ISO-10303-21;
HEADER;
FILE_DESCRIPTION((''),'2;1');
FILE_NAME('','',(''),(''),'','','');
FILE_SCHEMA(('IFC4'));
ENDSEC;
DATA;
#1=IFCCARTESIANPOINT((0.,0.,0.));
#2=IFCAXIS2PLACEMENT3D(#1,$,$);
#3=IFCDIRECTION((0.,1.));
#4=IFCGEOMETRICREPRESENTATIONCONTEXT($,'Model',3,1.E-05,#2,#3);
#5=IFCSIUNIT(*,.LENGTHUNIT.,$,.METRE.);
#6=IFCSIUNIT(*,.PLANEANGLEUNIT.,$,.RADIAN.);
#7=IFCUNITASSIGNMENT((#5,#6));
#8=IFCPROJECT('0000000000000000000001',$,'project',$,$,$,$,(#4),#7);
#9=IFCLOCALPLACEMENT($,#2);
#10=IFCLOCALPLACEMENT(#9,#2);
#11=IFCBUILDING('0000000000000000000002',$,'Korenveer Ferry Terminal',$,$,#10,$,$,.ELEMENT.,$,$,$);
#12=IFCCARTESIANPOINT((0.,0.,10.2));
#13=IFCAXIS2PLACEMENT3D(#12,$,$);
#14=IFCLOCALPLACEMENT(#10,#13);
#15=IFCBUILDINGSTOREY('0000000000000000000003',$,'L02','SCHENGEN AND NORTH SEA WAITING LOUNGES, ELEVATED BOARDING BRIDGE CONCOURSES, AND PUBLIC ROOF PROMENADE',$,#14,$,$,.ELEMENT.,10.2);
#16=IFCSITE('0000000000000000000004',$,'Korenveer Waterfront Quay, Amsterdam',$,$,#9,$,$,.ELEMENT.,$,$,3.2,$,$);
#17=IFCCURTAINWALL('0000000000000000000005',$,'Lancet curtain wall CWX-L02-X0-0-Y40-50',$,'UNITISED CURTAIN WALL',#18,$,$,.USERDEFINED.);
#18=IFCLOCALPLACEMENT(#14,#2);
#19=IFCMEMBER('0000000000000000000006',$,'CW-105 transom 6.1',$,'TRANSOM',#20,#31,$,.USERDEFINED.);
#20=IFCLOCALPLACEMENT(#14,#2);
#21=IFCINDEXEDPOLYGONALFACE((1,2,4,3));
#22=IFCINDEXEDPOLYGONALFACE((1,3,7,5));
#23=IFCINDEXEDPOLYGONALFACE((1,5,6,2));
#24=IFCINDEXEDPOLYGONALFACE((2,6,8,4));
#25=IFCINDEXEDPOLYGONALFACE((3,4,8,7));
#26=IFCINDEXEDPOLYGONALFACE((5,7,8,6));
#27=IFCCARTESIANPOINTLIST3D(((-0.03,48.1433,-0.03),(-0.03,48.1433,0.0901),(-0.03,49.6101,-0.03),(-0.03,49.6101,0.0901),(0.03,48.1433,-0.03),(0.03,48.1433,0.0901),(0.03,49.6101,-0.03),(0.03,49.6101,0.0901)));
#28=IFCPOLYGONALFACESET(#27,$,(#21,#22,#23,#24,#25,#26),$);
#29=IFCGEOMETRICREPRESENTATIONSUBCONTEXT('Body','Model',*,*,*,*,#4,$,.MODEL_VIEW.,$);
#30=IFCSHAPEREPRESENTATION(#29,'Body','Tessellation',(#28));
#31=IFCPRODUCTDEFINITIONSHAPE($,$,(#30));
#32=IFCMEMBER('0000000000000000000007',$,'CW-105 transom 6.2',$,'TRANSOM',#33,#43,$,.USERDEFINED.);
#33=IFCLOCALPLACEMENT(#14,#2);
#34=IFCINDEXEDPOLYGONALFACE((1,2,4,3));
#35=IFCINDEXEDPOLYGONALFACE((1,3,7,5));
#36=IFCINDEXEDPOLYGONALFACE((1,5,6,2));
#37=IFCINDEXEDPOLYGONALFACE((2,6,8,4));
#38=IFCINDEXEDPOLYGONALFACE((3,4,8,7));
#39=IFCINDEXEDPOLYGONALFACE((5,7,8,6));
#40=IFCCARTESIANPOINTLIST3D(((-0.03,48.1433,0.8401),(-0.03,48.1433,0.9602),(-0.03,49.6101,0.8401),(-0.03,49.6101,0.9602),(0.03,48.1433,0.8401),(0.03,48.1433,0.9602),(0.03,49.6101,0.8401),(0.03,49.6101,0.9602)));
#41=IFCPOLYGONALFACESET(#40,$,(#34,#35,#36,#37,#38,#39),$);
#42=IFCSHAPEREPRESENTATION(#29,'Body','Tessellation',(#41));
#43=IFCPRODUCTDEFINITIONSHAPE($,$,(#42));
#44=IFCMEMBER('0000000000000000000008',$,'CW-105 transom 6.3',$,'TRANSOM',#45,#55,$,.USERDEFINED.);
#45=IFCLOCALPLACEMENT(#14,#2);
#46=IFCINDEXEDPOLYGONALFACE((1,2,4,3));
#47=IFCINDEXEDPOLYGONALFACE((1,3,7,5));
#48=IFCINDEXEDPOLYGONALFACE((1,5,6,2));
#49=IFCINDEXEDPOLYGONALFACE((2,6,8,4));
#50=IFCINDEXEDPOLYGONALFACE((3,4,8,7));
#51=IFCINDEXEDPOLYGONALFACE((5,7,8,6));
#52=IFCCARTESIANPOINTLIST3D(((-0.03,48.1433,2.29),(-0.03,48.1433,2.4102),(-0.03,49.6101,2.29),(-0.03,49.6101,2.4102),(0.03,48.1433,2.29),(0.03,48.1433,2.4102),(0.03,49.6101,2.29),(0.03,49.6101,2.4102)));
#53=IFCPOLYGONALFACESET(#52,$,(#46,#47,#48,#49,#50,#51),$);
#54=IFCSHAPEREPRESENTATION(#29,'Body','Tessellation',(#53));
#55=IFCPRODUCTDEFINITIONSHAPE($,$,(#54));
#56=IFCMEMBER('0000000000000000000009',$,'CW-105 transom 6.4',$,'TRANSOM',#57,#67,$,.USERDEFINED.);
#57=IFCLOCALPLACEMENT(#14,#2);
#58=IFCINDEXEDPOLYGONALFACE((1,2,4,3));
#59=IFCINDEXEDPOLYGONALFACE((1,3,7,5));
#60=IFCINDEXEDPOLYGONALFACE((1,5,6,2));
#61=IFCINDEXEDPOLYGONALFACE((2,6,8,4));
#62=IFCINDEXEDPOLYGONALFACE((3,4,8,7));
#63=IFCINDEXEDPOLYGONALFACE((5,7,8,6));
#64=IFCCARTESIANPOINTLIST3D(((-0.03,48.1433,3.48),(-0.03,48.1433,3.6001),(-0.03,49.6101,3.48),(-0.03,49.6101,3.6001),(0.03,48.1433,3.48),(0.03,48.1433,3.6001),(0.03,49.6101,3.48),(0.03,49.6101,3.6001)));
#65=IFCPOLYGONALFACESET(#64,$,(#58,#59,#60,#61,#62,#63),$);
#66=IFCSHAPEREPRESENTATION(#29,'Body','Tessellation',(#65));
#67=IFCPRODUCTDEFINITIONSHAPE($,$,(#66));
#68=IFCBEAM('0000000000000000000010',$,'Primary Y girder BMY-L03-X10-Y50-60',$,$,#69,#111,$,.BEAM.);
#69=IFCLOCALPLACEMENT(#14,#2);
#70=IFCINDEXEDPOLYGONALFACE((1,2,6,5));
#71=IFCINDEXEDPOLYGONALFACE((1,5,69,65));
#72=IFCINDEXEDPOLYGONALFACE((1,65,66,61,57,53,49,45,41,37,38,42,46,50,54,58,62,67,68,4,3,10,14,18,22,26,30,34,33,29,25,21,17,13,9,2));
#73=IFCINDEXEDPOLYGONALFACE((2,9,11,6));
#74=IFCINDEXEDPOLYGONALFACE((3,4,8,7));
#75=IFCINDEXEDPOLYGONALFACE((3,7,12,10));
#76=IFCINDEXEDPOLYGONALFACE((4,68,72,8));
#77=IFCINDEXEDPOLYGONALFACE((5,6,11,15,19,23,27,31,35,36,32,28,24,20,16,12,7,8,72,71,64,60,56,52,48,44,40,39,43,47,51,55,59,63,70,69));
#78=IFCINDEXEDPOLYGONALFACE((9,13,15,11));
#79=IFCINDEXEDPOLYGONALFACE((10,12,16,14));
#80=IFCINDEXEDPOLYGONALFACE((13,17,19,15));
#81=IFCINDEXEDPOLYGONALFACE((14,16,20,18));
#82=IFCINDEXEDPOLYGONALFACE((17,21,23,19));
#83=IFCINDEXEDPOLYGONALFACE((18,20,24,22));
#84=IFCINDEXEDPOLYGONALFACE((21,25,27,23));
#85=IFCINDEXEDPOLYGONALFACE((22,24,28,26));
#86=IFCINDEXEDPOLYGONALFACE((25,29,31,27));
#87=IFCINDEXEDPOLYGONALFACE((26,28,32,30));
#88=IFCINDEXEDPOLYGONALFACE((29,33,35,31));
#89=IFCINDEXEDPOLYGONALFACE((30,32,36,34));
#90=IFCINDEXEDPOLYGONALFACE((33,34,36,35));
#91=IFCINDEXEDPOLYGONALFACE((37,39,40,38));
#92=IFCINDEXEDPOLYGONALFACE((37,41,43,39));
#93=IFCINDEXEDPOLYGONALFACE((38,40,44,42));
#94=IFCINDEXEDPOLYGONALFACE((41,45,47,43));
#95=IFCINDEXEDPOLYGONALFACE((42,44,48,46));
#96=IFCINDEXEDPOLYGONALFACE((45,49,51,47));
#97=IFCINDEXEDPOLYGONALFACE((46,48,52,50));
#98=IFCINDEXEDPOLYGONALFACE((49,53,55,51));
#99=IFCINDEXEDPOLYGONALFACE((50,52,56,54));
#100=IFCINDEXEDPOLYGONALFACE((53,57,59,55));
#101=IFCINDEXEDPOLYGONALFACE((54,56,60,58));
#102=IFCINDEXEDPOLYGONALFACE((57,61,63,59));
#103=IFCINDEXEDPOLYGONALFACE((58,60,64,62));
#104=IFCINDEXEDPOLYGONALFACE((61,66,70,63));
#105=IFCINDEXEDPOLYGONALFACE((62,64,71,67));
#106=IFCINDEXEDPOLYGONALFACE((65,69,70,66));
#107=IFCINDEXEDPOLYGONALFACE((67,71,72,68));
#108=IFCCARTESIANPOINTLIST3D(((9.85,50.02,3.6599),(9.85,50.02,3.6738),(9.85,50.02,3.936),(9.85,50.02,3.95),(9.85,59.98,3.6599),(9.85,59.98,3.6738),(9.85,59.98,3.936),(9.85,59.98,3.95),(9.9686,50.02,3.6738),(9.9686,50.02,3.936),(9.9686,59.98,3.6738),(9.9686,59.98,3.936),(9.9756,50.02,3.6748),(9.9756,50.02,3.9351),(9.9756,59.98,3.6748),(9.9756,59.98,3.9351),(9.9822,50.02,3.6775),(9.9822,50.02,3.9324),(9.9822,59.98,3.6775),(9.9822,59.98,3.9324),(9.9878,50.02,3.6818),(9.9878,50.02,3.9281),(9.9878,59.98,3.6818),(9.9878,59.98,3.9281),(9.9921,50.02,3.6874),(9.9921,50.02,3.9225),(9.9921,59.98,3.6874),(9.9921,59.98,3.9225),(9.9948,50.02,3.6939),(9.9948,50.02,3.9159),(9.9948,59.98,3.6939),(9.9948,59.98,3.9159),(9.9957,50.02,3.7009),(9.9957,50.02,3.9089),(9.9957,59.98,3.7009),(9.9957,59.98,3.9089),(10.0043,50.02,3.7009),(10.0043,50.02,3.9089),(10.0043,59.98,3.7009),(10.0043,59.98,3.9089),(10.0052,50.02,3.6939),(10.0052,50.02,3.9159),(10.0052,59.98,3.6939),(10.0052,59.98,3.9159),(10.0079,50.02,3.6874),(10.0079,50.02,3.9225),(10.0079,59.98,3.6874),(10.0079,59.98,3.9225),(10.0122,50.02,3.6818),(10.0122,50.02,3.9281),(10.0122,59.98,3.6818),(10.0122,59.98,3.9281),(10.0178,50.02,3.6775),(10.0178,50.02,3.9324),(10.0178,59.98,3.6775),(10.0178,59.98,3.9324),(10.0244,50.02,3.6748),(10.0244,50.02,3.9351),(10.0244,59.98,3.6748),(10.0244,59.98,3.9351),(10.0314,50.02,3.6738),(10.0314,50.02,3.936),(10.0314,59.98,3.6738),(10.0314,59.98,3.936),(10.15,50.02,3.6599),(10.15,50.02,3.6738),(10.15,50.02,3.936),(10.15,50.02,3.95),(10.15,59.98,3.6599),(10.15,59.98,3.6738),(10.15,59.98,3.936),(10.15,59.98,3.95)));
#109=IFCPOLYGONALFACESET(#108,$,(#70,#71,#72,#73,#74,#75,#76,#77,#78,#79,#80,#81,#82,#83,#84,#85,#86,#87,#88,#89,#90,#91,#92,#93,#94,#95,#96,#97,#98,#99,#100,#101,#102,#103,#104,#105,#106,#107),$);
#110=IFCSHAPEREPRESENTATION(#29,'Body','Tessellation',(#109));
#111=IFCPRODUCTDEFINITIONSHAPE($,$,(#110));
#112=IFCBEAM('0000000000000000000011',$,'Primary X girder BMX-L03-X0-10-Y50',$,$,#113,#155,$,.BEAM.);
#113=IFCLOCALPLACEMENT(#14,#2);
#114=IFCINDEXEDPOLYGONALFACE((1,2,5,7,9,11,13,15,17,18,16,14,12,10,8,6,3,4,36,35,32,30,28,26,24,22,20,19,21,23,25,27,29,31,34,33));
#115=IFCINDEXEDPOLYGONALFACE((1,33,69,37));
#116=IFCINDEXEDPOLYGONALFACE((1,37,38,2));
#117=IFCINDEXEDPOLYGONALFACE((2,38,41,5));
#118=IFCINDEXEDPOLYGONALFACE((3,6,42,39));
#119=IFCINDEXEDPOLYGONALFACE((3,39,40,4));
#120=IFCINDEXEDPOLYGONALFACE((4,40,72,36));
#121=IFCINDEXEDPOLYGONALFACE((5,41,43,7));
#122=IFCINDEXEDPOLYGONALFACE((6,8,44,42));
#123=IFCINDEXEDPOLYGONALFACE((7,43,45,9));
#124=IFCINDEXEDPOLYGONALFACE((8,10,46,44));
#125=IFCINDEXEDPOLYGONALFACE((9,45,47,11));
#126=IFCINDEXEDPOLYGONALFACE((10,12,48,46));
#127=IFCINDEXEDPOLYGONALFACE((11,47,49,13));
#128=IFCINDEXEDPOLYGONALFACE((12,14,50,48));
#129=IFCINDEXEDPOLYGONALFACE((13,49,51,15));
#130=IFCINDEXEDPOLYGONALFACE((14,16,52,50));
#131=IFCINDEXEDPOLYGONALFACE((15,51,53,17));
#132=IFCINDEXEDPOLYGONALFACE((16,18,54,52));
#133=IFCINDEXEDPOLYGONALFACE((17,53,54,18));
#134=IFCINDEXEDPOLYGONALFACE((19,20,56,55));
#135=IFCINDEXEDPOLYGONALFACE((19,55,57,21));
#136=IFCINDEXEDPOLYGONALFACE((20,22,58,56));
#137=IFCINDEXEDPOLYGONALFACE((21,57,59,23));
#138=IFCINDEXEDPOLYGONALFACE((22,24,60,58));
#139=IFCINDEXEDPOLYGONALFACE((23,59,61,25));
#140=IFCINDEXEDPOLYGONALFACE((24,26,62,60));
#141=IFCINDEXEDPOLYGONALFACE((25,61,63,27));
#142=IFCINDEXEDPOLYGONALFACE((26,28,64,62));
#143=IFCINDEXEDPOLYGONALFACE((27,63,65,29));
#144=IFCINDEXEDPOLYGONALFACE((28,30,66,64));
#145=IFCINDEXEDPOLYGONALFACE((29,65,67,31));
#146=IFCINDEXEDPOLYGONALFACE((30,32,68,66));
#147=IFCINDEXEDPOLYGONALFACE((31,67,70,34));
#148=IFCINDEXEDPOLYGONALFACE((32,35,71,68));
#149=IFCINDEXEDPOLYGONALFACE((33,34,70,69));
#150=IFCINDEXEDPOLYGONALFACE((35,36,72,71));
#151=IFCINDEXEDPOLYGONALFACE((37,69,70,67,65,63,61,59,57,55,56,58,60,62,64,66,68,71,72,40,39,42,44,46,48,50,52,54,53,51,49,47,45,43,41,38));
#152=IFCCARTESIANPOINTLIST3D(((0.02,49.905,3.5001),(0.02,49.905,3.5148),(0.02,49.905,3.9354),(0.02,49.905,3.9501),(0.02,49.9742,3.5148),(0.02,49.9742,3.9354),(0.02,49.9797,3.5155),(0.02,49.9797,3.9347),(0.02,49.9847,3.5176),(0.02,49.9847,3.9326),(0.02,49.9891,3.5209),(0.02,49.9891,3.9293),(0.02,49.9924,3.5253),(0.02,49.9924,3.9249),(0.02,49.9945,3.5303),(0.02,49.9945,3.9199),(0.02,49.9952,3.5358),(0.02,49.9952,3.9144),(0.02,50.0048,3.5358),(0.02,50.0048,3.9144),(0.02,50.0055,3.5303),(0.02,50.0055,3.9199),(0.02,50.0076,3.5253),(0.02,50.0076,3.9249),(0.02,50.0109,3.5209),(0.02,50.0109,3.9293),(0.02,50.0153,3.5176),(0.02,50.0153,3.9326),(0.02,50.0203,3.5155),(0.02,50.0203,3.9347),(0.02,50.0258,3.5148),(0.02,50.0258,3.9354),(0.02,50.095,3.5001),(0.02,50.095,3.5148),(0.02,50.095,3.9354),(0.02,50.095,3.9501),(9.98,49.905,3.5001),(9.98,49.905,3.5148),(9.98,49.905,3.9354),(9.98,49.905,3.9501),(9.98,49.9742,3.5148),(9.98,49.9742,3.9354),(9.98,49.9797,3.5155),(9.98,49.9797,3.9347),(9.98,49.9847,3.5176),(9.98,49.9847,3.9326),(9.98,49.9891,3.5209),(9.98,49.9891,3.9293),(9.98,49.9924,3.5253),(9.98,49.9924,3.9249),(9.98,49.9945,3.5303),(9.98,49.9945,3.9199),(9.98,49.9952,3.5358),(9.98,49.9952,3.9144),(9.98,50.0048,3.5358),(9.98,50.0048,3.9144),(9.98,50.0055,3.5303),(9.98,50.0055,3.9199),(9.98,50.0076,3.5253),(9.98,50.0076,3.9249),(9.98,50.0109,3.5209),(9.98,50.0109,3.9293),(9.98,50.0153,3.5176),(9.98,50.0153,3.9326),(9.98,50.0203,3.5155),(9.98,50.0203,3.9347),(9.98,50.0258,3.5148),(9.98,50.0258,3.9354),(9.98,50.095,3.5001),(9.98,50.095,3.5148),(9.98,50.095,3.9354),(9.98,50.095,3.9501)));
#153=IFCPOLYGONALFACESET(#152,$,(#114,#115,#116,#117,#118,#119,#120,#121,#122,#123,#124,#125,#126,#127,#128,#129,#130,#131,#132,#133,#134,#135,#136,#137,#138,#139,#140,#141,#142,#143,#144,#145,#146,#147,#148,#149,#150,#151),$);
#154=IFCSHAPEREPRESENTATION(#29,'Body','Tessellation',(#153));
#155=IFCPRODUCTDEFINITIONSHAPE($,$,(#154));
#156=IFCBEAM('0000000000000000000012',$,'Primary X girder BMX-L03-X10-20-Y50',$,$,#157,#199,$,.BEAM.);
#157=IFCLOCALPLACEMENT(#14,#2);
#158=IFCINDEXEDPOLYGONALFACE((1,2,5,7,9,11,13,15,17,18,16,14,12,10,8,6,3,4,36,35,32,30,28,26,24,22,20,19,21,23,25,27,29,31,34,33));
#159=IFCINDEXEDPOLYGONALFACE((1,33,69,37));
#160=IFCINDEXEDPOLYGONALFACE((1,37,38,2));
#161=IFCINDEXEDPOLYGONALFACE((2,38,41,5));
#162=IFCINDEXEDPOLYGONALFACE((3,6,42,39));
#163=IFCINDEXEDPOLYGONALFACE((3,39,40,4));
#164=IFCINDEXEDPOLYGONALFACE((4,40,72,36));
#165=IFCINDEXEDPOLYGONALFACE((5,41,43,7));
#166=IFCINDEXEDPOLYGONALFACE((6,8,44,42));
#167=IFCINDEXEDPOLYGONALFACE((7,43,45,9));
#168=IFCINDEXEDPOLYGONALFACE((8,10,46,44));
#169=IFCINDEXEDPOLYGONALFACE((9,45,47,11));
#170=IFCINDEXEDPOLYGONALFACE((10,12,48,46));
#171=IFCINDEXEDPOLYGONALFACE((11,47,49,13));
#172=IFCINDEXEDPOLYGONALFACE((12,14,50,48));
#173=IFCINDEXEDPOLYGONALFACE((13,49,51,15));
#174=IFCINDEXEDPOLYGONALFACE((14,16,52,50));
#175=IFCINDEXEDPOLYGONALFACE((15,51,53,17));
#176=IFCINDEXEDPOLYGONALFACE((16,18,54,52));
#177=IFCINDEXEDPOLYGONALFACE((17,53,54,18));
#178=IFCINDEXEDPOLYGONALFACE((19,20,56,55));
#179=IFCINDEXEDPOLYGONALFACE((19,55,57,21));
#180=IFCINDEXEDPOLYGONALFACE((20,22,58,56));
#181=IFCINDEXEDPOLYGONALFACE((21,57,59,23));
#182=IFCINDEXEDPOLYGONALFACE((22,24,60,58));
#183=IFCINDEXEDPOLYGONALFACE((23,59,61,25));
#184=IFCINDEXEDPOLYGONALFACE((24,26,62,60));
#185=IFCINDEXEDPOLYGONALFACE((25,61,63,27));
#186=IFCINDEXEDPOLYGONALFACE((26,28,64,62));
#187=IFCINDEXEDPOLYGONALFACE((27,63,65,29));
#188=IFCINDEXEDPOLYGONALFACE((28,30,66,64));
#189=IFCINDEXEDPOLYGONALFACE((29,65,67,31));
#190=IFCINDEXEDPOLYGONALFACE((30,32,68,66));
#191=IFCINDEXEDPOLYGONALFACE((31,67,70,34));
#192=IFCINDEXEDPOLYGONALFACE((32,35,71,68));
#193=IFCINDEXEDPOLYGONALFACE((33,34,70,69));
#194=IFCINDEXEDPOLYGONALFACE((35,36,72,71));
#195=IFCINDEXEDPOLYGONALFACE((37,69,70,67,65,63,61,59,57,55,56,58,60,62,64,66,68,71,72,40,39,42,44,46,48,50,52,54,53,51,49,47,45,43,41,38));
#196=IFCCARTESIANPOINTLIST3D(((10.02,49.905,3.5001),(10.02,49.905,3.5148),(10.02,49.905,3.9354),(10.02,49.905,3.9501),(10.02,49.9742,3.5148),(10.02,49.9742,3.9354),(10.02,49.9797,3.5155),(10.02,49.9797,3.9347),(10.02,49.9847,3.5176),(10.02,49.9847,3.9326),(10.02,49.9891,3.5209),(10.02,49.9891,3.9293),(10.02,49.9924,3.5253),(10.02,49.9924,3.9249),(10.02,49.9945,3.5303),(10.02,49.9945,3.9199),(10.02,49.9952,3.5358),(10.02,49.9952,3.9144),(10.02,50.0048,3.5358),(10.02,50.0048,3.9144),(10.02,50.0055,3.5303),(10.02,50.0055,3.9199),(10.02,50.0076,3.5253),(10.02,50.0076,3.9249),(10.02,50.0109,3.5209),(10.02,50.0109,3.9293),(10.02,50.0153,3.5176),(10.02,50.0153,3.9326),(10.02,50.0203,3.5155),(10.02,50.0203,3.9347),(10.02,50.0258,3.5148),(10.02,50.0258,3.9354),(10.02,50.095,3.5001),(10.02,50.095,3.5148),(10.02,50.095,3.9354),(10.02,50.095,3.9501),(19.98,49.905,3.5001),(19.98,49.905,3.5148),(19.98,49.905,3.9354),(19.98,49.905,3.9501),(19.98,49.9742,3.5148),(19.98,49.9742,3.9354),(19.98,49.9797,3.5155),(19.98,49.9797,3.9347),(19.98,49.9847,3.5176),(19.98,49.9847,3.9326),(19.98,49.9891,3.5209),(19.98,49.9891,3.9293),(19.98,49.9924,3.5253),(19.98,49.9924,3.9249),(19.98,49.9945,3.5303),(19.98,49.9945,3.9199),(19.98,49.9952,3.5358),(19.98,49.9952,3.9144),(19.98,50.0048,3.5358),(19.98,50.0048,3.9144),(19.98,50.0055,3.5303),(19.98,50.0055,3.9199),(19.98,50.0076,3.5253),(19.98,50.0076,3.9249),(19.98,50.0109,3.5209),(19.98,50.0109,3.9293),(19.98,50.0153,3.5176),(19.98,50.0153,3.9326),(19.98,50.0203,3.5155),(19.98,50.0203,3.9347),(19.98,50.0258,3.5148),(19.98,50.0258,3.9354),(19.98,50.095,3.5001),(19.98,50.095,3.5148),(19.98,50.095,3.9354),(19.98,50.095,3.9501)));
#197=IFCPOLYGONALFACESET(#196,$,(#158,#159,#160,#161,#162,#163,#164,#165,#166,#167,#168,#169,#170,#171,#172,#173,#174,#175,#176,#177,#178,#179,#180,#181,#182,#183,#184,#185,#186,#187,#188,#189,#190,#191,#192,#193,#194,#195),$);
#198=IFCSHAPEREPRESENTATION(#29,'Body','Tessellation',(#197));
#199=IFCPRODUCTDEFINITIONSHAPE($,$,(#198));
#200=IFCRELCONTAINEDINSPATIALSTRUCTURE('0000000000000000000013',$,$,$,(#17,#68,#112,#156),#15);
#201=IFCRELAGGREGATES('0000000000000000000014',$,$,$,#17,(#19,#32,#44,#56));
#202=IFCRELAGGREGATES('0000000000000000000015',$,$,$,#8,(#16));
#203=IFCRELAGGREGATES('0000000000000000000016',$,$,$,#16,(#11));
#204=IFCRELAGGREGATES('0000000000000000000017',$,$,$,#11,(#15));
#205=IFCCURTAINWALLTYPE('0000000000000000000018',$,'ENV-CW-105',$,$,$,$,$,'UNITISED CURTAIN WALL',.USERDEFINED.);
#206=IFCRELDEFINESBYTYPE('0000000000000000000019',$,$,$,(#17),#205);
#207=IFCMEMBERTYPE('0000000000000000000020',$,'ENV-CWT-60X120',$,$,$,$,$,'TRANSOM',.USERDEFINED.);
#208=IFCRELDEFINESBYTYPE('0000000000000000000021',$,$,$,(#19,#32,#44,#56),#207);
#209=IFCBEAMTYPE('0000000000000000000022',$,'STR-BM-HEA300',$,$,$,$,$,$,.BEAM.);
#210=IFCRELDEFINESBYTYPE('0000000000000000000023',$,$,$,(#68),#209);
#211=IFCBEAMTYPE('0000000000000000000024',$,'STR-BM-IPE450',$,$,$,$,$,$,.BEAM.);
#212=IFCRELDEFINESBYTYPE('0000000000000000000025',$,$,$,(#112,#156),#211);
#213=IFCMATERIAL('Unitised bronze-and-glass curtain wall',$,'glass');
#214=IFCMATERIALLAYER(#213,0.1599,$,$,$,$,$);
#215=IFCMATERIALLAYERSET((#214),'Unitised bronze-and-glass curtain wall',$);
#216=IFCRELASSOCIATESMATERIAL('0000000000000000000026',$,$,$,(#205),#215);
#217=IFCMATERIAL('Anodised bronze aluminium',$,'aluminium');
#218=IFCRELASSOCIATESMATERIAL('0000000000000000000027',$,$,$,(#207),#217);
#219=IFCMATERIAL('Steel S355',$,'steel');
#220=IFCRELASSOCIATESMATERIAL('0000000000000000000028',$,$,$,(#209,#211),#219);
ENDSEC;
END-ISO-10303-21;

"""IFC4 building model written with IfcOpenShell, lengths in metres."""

from ifc_helpers import new_model, si_unit, direction, frame, origin, origin_2d, place, context, subcontext, project, spatial, rectangle, i_section, extrude, material, layer, layer_set, material_profile, profile_set, type_object, element, aggregate, save


model = new_model("IFC4")

# Units and contexts
model_context = context("Model", 3, precision=1e-05, world=origin(), true_north=direction((0.0, 1.0)))
body_context = subcontext(model_context, "Body", "Model", "MODEL_VIEW")
ifc_project = project(units=[si_unit("LENGTHUNIT", "METRE"), si_unit("PLANEANGLEUNIT", "RADIAN")], contexts=[model_context])

# Site, building, storey
site_placement = place(None, origin())
site = spatial("IfcSite", under=ifc_project, at=site_placement, Name="Korenveer Waterfront Quay, Amsterdam", CompositionType="ELEMENT", RefElevation=3.2)
building_placement = place(site_placement, origin())
building = spatial("IfcBuilding", under=site, at=building_placement, Name="Korenveer Ferry Terminal", CompositionType="ELEMENT")
storey_placement = place(building_placement, frame((0.0, 0.0, 10.2)))
storey = spatial("IfcBuildingStorey", under=building, at=storey_placement, Name="L02", Description="SCHENGEN AND NORTH SEA WAITING LOUNGES, ELEVATED BOARDING BRIDGE CONCOURSES, AND PUBLIC ROOF PROMENADE", CompositionType="ELEMENT", Elevation=10.2)

# Shared definitions
ifc_material_1 = material(Name="Steel S355", Category="steel")

# Curtain wall, members
ifc_material_2 = material(Name="Unitised bronze-and-glass curtain wall", Category="glass")
ifc_layer_1 = layer(ifc_material_2, 0.1599)
ifc_layer_set_1 = layer_set([ifc_layer_1], Name="Unitised bronze-and-glass curtain wall")
curtain_wall_type = type_object("IfcCurtainWallType", Name="ENV-CW-105", ElementType="UNITISED CURTAIN WALL", PredefinedType="USERDEFINED", material=ifc_layer_set_1)
curtain_wall_placement = place(storey_placement, frame((0.0, 40.3301, 0.0)))
curtain_wall = element("IfcCurtainWall", 1, at=curtain_wall_placement, inside=storey, type_object=curtain_wall_type, Name="Lancet curtain wall CWX-L02-X0-0-Y40-50", ObjectType="UNITISED CURTAIN WALL", PredefinedType="USERDEFINED")
ifc_material_3 = material(Name="Anodised bronze aluminium", Category="aluminium")
ifc_material_profile_1 = material_profile(ifc_material_3, rectangle(XDim=0.0601, YDim=0.1201, at=origin_2d()), Name="ALU 60x120")
ifc_profile_set_1 = profile_set([ifc_material_profile_1], Name="Anodised bronze aluminium")
member_type_1 = type_object("IfcMemberType", Name="ENV-CWT-60X120", ElementType="TRANSOM", PredefinedType="USERDEFINED", material=ifc_profile_set_1)
member_1_placement = place(storey_placement, frame((0.0, 48.1433, 0.03), z_axis=(0.0, 1.0, 0.0), x_axis=(-1.0, 0.0, 0.0)))
member_1 = element("IfcMember", 2, at=member_1_placement, type_object=member_type_1, Name="CW-105 transom 6.1", ObjectType="TRANSOM", PredefinedType="USERDEFINED", context=body_context, shape_type="SweptSolid", body=[
    extrude(rectangle(XDim=0.0601, YDim=0.1201, at=origin_2d()), origin(), (0.0, 0.0, 1.0), 1.4668),
])
member_2_placement = place(storey_placement, frame((0.0, 48.1433, 0.9001), z_axis=(0.0, 1.0, 0.0), x_axis=(-1.0, 0.0, 0.0)))
member_2 = element("IfcMember", 3, at=member_2_placement, type_object=member_type_1, Name="CW-105 transom 6.2", ObjectType="TRANSOM", PredefinedType="USERDEFINED", context=body_context, shape_type="SweptSolid", body=[
    extrude(rectangle(XDim=0.0601, YDim=0.1201, at=origin_2d()), origin(), (0.0, 0.0, 1.0), 1.4668),
])
member_3_placement = place(storey_placement, frame((0.0, 48.1433, 2.3501), z_axis=(0.0, 1.0, 0.0), x_axis=(-1.0, 0.0, 0.0)))
member_3 = element("IfcMember", 4, at=member_3_placement, type_object=member_type_1, Name="CW-105 transom 6.3", ObjectType="TRANSOM", PredefinedType="USERDEFINED", context=body_context, shape_type="SweptSolid", body=[
    extrude(rectangle(XDim=0.0601, YDim=0.1201, at=origin_2d()), origin(), (0.0, 0.0, 1.0), 1.4668),
])
member_4_placement = place(storey_placement, frame((0.0, 48.1433, 3.54), z_axis=(0.0, 1.0, 0.0), x_axis=(-1.0, 0.0, 0.0)))
member_4 = element("IfcMember", 5, at=member_4_placement, type_object=member_type_1, Name="CW-105 transom 6.4", ObjectType="TRANSOM", PredefinedType="USERDEFINED", context=body_context, shape_type="SweptSolid", body=[
    extrude(rectangle(XDim=0.0601, YDim=0.1201, at=origin_2d()), origin(), (0.0, 0.0, 1.0), 1.4668),
])

# Beams
ifc_material_profile_2 = material_profile(ifc_material_1, i_section(OverallWidth=0.3, OverallDepth=0.29, WebThickness=0.0085, FlangeThickness=0.0139, FilletRadius=0.0271, at=origin_2d()), Name="HEA 300")
ifc_profile_set_2 = profile_set([ifc_material_profile_2], Name="Steel S355")
beam_type_1 = type_object("IfcBeamType", Name="STR-BM-HEA300", PredefinedType="BEAM", material=ifc_profile_set_2)
beam_1_placement = place(storey_placement, frame((10.0, 50.02, 3.8049), z_axis=(0.0, 1.0, 0.0), x_axis=(-1.0, 0.0, 0.0)))
element("IfcBeam", 6, at=beam_1_placement, inside=storey, type_object=beam_type_1, Name="Primary Y girder BMY-L03-X10-Y50-60", PredefinedType="BEAM", context=body_context, shape_type="SweptSolid", body=[
    extrude(i_section(OverallWidth=0.3, OverallDepth=0.29, WebThickness=0.0085, FlangeThickness=0.0139, FilletRadius=0.0271, at=origin_2d()), origin(), (0.0, 0.0, 1.0), 9.96),
])
ifc_material_profile_3 = material_profile(ifc_material_1, i_section(OverallWidth=0.1899, OverallDepth=0.45, WebThickness=0.0095, FlangeThickness=0.0146, FilletRadius=0.021, at=origin_2d()), Name="IPE 450")
ifc_profile_set_3 = profile_set([ifc_material_profile_3], Name="Steel S355")
beam_type_2 = type_object("IfcBeamType", Name="STR-BM-IPE450", PredefinedType="BEAM", material=ifc_profile_set_3)
for number, where, z_axis, x_axis, name in (
    (7, (0.02, 50.0, 3.7251), (1.0, 0.0, 0.0), (0.0, 1.0, 0.0), "Primary X girder BMX-L03-X0-10-Y50"),
    (8, (10.02, 50.0, 3.7251), (1.0, 0.0, 0.0), (0.0, 1.0, 0.0), "Primary X girder BMX-L03-X10-20-Y50"),
):
    element("IfcBeam", number, at=place(storey_placement, frame(where, z_axis=z_axis, x_axis=x_axis)), inside=storey, type_object=beam_type_2, Name=name, PredefinedType="BEAM", context=body_context, shape_type="SweptSolid", body=[
        extrude(i_section(OverallWidth=0.1899, OverallDepth=0.45, WebThickness=0.0095, FlangeThickness=0.0146, FilletRadius=0.021, at=origin_2d()), origin(), (0.0, 0.0, 1.0), 9.96),
    ])

aggregate(curtain_wall, [member_1, member_2, member_3, member_4])

save(model, "model.ifc")
